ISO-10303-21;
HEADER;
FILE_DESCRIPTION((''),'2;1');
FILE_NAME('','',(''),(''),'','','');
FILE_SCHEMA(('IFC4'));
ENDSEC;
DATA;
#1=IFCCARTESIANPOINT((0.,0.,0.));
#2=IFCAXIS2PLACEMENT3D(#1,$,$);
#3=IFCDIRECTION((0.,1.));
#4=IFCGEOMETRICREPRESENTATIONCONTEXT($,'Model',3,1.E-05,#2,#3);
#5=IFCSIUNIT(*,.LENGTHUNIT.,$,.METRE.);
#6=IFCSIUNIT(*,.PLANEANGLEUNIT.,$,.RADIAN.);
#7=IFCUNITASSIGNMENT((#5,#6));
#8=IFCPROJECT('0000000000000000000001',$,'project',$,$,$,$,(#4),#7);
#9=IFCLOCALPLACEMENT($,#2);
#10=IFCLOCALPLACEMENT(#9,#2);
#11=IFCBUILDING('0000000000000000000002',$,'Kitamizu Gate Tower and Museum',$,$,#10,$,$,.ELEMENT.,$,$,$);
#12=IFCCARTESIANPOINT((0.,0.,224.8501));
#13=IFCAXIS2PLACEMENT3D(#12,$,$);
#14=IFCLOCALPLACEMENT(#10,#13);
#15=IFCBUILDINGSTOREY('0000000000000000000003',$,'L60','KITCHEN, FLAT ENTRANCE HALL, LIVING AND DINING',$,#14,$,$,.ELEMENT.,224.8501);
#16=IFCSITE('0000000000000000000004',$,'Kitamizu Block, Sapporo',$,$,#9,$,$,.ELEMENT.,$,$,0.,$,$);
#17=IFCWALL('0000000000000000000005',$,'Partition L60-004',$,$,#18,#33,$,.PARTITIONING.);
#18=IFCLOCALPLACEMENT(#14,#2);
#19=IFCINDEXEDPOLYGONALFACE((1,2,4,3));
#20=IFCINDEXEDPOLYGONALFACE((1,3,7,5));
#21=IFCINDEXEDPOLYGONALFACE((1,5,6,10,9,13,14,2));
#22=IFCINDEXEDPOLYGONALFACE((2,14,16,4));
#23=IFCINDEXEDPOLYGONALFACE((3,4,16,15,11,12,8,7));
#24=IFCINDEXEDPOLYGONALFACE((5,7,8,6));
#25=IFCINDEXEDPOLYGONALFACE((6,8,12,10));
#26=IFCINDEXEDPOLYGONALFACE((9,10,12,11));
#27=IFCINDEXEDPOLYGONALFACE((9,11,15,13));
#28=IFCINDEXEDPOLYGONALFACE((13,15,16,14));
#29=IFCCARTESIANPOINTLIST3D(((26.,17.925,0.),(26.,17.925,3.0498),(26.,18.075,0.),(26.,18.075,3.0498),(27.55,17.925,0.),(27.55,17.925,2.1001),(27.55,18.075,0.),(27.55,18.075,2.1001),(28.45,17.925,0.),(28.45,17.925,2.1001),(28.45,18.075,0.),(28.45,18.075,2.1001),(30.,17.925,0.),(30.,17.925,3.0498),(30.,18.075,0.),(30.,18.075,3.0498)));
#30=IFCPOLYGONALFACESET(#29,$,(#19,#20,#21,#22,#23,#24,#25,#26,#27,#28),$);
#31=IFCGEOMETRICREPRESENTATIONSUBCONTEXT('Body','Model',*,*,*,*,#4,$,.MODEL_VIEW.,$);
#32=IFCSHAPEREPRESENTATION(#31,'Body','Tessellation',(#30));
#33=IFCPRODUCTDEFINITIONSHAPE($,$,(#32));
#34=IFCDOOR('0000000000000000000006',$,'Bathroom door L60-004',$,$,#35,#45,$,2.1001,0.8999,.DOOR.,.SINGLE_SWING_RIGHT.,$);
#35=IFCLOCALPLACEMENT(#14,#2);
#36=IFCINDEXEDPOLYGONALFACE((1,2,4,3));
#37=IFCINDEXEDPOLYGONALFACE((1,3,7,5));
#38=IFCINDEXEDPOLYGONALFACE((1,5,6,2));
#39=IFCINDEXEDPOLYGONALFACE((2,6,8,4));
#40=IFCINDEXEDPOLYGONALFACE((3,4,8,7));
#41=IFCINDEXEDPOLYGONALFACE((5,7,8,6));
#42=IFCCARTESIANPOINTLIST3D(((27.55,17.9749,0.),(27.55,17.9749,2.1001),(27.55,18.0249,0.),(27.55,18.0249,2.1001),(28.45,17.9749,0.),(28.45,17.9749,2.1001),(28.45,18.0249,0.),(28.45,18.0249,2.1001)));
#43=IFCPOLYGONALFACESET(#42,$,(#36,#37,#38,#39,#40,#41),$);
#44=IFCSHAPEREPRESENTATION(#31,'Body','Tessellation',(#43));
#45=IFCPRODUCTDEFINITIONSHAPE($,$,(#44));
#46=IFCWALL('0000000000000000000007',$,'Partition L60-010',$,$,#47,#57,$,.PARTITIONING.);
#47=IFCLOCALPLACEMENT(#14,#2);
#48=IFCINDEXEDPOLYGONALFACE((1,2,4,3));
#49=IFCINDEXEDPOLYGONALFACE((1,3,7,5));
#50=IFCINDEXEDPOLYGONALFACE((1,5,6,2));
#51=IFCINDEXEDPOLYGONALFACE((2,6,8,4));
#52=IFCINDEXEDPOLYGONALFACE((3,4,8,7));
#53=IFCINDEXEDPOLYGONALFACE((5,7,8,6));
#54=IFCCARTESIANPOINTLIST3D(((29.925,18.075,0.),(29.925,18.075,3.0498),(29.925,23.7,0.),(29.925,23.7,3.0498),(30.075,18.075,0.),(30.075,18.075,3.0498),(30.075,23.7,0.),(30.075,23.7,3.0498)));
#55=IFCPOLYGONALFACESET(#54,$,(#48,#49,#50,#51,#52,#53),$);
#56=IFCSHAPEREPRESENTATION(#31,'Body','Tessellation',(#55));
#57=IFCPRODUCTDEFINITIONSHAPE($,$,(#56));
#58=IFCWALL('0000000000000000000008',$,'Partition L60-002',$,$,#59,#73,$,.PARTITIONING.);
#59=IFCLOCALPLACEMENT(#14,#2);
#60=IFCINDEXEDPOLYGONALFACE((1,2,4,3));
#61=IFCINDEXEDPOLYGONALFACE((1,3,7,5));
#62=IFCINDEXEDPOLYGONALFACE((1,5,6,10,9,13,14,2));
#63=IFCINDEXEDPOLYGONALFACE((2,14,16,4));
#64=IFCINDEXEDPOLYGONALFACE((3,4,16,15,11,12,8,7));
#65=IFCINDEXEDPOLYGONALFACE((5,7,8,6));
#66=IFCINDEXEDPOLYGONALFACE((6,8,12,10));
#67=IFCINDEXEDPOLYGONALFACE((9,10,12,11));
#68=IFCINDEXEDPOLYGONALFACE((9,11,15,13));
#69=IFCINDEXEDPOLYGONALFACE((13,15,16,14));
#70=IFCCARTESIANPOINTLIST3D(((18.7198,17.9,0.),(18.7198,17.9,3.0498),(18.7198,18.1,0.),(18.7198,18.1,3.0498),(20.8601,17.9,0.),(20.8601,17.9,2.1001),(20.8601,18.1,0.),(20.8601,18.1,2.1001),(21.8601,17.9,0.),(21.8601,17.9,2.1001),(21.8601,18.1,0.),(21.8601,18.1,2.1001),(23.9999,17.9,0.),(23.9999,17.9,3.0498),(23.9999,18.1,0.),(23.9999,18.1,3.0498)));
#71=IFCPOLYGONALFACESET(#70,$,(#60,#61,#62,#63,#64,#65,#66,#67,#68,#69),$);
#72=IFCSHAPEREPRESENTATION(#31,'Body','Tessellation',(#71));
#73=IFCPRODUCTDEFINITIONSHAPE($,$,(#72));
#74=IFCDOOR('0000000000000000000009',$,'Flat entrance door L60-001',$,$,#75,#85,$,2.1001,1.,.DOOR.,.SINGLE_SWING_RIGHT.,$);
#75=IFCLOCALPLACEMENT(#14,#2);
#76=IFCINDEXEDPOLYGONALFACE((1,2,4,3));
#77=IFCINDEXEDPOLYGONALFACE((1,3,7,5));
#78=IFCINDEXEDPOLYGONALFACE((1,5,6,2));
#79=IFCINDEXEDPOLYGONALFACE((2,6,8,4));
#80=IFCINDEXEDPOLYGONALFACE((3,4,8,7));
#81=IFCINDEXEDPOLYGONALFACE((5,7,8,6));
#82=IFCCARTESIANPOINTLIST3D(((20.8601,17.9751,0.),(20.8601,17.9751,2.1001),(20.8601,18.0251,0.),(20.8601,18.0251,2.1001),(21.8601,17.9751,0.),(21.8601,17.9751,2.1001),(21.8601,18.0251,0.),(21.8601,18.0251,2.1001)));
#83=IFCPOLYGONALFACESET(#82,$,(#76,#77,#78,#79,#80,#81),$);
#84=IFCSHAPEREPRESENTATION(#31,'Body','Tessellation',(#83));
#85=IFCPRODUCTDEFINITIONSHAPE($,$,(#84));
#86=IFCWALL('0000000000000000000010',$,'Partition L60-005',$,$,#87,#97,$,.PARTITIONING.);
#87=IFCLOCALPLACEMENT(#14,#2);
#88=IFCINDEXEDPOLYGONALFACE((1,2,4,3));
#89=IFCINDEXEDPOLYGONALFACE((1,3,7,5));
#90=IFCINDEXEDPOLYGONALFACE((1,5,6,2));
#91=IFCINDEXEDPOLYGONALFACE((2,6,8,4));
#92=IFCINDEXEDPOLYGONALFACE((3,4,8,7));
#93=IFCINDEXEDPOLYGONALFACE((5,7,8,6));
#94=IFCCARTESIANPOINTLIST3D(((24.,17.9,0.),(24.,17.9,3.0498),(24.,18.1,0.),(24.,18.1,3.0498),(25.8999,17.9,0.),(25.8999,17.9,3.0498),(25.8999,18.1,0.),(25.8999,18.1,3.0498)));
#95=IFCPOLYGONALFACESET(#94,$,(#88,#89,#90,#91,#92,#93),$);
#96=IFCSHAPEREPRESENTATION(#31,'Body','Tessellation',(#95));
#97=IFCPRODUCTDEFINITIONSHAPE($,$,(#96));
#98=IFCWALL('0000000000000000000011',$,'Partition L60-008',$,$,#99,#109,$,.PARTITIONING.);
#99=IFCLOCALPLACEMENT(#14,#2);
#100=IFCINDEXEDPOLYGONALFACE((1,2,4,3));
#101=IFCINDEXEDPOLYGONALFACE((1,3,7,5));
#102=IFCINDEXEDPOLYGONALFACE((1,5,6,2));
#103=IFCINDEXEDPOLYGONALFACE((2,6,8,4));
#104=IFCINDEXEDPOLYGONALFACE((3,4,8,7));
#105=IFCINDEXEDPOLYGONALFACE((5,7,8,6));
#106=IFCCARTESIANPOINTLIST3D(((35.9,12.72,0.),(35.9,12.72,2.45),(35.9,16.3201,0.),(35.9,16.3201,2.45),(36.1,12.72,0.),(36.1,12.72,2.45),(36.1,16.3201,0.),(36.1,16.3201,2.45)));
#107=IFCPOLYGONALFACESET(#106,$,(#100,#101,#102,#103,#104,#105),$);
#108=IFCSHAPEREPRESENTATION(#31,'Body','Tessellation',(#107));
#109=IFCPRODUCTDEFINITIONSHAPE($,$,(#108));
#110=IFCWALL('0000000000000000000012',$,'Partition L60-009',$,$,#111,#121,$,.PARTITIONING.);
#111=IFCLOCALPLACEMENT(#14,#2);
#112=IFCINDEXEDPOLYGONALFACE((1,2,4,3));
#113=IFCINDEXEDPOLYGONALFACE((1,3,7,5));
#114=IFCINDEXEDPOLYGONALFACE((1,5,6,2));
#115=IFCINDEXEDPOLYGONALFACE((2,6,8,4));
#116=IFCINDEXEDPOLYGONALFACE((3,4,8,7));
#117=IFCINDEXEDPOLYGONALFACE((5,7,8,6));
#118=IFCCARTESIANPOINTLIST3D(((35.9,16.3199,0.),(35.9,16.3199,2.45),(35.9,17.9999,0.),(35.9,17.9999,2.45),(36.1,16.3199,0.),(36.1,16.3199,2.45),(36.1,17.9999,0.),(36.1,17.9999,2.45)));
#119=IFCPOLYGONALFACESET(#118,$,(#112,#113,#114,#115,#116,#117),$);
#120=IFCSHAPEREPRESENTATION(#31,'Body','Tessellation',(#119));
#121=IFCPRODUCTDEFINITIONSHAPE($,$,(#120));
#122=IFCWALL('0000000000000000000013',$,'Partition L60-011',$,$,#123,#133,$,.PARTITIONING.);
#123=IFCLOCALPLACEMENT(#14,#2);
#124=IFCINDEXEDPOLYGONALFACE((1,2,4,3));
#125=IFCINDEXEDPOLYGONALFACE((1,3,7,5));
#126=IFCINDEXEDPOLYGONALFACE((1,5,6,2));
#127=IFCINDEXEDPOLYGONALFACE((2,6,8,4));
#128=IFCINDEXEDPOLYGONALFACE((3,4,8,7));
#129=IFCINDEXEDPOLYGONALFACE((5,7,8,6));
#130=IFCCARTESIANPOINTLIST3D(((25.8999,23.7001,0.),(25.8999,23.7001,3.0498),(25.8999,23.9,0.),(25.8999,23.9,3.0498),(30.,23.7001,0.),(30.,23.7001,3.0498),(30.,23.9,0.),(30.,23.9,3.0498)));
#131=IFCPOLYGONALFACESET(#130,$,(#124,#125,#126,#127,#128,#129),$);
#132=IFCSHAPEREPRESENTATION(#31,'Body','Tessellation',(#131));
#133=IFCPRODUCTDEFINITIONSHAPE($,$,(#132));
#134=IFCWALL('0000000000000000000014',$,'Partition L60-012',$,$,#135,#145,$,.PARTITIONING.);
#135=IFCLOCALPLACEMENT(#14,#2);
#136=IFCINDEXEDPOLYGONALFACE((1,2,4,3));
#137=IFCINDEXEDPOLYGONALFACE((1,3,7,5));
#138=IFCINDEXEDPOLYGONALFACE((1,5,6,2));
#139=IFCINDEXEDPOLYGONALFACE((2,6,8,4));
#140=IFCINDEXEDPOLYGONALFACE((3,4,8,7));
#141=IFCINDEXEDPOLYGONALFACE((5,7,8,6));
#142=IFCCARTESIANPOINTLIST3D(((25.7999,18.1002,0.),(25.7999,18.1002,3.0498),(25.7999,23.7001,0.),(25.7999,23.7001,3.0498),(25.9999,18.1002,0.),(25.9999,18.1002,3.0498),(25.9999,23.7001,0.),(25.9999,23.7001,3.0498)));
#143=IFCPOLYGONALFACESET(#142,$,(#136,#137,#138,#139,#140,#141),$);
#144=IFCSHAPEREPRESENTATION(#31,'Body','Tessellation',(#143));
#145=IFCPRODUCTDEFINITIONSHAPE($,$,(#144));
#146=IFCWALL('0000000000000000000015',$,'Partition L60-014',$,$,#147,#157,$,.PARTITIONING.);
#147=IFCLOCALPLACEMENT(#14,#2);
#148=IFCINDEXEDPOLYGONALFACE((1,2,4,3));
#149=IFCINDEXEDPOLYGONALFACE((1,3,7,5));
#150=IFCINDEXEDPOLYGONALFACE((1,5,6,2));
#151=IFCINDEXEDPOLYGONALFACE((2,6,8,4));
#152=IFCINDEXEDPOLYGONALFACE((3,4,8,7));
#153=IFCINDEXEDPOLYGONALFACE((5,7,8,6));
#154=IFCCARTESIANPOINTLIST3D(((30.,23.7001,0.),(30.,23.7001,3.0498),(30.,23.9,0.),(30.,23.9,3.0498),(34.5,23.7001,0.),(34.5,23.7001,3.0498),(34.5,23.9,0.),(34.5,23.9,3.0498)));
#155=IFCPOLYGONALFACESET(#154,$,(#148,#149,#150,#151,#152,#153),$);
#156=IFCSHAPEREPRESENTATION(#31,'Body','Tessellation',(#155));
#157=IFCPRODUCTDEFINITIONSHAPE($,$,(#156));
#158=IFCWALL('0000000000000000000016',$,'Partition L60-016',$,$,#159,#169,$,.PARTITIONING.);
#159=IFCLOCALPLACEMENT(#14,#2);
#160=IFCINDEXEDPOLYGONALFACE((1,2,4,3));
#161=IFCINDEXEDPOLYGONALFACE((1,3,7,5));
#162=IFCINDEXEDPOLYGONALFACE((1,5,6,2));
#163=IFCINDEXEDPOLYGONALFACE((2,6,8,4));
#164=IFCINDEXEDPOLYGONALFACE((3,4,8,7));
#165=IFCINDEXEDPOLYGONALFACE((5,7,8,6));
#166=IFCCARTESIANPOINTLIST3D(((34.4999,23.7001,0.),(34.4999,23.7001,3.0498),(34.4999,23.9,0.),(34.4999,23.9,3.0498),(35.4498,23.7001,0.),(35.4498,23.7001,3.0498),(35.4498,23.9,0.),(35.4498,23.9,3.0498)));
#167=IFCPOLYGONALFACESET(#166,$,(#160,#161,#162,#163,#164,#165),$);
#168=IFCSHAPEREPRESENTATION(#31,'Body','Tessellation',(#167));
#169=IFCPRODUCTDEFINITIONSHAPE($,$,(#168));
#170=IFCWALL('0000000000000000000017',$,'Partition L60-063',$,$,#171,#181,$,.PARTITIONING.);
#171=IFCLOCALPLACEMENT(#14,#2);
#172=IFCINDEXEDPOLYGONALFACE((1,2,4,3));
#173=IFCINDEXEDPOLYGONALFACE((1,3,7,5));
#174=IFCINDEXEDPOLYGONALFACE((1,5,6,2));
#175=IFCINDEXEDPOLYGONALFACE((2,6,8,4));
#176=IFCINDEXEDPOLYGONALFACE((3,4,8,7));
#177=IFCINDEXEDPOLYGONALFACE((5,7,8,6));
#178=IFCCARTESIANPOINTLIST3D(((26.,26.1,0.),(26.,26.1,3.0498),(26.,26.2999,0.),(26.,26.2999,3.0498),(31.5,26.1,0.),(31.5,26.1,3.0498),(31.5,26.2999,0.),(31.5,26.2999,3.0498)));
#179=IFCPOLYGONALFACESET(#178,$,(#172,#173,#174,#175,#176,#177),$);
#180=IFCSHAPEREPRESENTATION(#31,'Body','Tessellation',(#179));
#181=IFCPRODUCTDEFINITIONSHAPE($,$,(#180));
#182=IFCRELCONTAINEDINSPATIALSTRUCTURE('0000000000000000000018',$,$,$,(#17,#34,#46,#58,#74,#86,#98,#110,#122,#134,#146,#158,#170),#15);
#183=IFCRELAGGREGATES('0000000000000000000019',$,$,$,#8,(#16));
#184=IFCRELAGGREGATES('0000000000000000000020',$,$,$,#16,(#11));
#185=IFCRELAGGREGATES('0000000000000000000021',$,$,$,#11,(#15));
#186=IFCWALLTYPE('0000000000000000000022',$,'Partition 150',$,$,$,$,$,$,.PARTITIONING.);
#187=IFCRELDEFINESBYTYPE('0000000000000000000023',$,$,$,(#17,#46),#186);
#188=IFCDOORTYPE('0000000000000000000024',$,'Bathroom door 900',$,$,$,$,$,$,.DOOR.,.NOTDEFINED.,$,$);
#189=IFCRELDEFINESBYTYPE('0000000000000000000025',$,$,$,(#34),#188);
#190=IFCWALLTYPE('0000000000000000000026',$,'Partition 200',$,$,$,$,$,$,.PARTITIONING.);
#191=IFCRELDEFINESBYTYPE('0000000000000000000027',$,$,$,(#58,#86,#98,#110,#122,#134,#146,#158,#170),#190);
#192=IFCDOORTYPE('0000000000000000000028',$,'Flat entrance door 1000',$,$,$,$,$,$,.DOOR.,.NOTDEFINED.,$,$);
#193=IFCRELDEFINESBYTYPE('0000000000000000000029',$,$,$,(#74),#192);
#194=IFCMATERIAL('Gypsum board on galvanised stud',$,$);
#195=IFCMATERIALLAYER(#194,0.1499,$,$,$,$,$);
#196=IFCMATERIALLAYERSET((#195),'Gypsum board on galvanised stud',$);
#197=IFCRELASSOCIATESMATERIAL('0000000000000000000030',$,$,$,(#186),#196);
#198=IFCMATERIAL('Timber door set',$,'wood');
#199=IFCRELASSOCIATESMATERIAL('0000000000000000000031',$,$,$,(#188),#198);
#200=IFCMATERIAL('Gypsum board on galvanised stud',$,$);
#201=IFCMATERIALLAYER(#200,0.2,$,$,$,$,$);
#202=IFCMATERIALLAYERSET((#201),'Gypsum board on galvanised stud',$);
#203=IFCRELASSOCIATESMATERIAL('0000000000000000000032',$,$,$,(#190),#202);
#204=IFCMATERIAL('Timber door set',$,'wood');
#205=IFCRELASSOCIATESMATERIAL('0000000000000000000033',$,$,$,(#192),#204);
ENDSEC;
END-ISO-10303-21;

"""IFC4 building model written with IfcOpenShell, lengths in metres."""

from ifc_helpers import new_model, si_unit, direction, frame, frame_2d, origin, place, context, subcontext, project, spatial, rectangle, extrude, material, layer, layer_set, type_object, element, fill, save


model = new_model("IFC4")

# Units and contexts
model_context = context("Model", 3, precision=1e-05, world=origin(), true_north=direction((0.0, 1.0)))
body_context = subcontext(model_context, "Body", "Model", "MODEL_VIEW")
ifc_project = project(units=[si_unit("LENGTHUNIT", "METRE"), si_unit("PLANEANGLEUNIT", "RADIAN")], contexts=[model_context])

# Site, building, storey
site_placement = place(None, origin())
site = spatial("IfcSite", under=ifc_project, at=site_placement, Name="Kitamizu Block, Sapporo", CompositionType="ELEMENT", RefElevation=0.0)
building_placement = place(site_placement, origin())
building = spatial("IfcBuilding", under=site, at=building_placement, Name="Kitamizu Gate Tower and Museum", CompositionType="ELEMENT")
storey_placement = place(building_placement, frame((0.0, 0.0, 224.8501)))
storey = spatial("IfcBuildingStorey", under=building, at=storey_placement, Name="L60", Description="KITCHEN, FLAT ENTRANCE HALL, LIVING AND DINING", CompositionType="ELEMENT", Elevation=224.8501)

# Wall, opening, door
ifc_material_1 = material(Name="Gypsum board on galvanised stud")
ifc_layer_1 = layer(ifc_material_1, 0.1499)
ifc_layer_set_1 = layer_set([ifc_layer_1], Name="Gypsum board on galvanised stud")
wall_type_1 = type_object("IfcWallType", Name="Partition 150", PredefinedType="PARTITIONING", material=ifc_layer_set_1)
wall_1_placement = place(storey_placement, frame((30.0, 18.0, 0.0), z_axis=(0.0, 0.0, 1.0), x_axis=(-1.0, 0.0, 0.0)))
wall_1 = element("IfcWall", 1, at=wall_1_placement, inside=storey, type_object=wall_type_1, Name="Partition L60-004", PredefinedType="PARTITIONING", context=body_context, shape_type="SweptSolid", body=[
    extrude(rectangle(XDim=4.0, YDim=0.1499, at=frame_2d((2.0, 0.0))), origin(), (0.0, 0.0, 1.0), 3.0498),
])
opening_1_placement = place(wall_1_placement, frame((1.55, 0.0, 0.0)))
opening_1 = element("IfcOpeningElement", 2, at=opening_1_placement, cuts=wall_1, PredefinedType="OPENING", context=body_context, shape_type="SweptSolid", body=[
    extrude(rectangle(XDim=0.8999, YDim=2.1001, at=frame_2d((0.45, 1.05))), frame((0.0, 0.085, 0.0), z_axis=(0.0, -1.0, 0.0), x_axis=(1.0, 0.0, 0.0)), (0.0, 0.0, 1.0), 0.1699),
])
ifc_material_2 = material(Name="Timber door set", Category="wood")
door_type_1 = type_object("IfcDoorType", Name="Bathroom door 900", OperationType="NOTDEFINED", PredefinedType="DOOR", material=ifc_material_2)
door_1_placement = place(opening_1_placement, frame((0.8999, 0.0, 0.0), x_axis=(-1.0, 0.0, 0.0)))
door_1 = element("IfcDoor", 3, at=door_1_placement, inside=storey, type_object=door_type_1, Name="Bathroom door L60-004", OperationType="SINGLE_SWING_RIGHT", OverallHeight=2.1001, OverallWidth=0.8999, PredefinedType="DOOR", context=body_context, shape_type="SweptSolid", body=[
    extrude(rectangle(XDim=0.8999, YDim=2.1001, at=frame_2d((0.45, 1.05))), frame((0.0, 0.0249, 0.0), z_axis=(0.0, -1.0, 0.0), x_axis=(1.0, 0.0, 0.0)), (0.0, 0.0, 1.0), 0.05),
])
fill(opening_1, door_1)

# Wall
wall_2_placement = place(storey_placement, frame((30.0, 18.075, 0.0), z_axis=(0.0, 0.0, 1.0), x_axis=(0.0, 1.0, 0.0)))
element("IfcWall", 4, at=wall_2_placement, inside=storey, type_object=wall_type_1, Name="Partition L60-010", PredefinedType="PARTITIONING", context=body_context, shape_type="SweptSolid", body=[
    extrude(rectangle(XDim=5.625, YDim=0.1499, at=frame_2d((2.8125, 0.0))), origin(), (0.0, 0.0, 1.0), 3.0498),
])

# Wall, opening, door
ifc_material_3 = material(Name="Gypsum board on galvanised stud")
ifc_layer_2 = layer(ifc_material_3, 0.2)
ifc_layer_set_2 = layer_set([ifc_layer_2], Name="Gypsum board on galvanised stud")
wall_type_2 = type_object("IfcWallType", Name="Partition 200", PredefinedType="PARTITIONING", material=ifc_layer_set_2)
wall_3_placement = place(storey_placement, frame((24.0, 18.0, 0.0), z_axis=(0.0, 0.0, 1.0), x_axis=(-1.0, 0.0, 0.0)))
wall_3 = element("IfcWall", 5, at=wall_3_placement, inside=storey, type_object=wall_type_2, Name="Partition L60-002", PredefinedType="PARTITIONING", context=body_context, shape_type="SweptSolid", body=[
    extrude(rectangle(XDim=5.28, YDim=0.2, at=frame_2d((2.6401, 0.0))), origin(), (0.0, 0.0, 1.0), 3.0498),
])
opening_2_placement = place(wall_3_placement, frame((2.1399, 0.0, 0.0)))
opening_2 = element("IfcOpeningElement", 6, at=opening_2_placement, cuts=wall_3, PredefinedType="OPENING", context=body_context, shape_type="SweptSolid", body=[
    extrude(rectangle(XDim=1.0, YDim=2.1001, at=frame_2d((0.5, 1.05))), frame((0.0, 0.1099, 0.0), z_axis=(0.0, -1.0, 0.0), x_axis=(1.0, 0.0, 0.0)), (0.0, 0.0, 1.0), 0.22),
])
ifc_material_4 = material(Name="Timber door set", Category="wood")
door_type_2 = type_object("IfcDoorType", Name="Flat entrance door 1000", OperationType="NOTDEFINED", PredefinedType="DOOR", material=ifc_material_4)
door_2_placement = place(opening_2_placement, origin())
door_2 = element("IfcDoor", 7, at=door_2_placement, inside=storey, type_object=door_type_2, Name="Flat entrance door L60-001", OperationType="SINGLE_SWING_RIGHT", OverallHeight=2.1001, OverallWidth=1.0, PredefinedType="DOOR", context=body_context, shape_type="SweptSolid", body=[
    extrude(rectangle(XDim=1.0, YDim=2.1001, at=frame_2d((0.5, 1.05))), frame((0.0, 0.0249, 0.0), z_axis=(0.0, -1.0, 0.0), x_axis=(1.0, 0.0, 0.0)), (0.0, 0.0, 1.0), 0.05),
])
fill(opening_2, door_2)

# Walls
wall_4_placement = place(storey_placement, frame((25.8999, 18.0, 0.0), z_axis=(0.0, 0.0, 1.0), x_axis=(-1.0, 0.0, 0.0)))
element("IfcWall", 8, at=wall_4_placement, inside=storey, type_object=wall_type_2, Name="Partition L60-005", PredefinedType="PARTITIONING", context=body_context, shape_type="SweptSolid", body=[
    extrude(rectangle(XDim=1.8999, YDim=0.2, at=frame_2d((0.95, 0.0))), origin(), (0.0, 0.0, 1.0), 3.0498),
])
wall_5_placement = place(storey_placement, frame((36.0, 12.72, 0.0), z_axis=(0.0, 0.0, 1.0), x_axis=(0.0, 1.0, 0.0)))
element("IfcWall", 9, at=wall_5_placement, inside=storey, type_object=wall_type_2, Name="Partition L60-008", PredefinedType="PARTITIONING", context=body_context, shape_type="SweptSolid", body=[
    extrude(rectangle(XDim=3.6001, YDim=0.2, at=frame_2d((1.8, 0.0))), origin(), (0.0, 0.0, 1.0), 2.45),
])
wall_6_placement = place(storey_placement, frame((36.0, 16.3201, 0.0), z_axis=(0.0, 0.0, 1.0), x_axis=(0.0, 1.0, 0.0)))
element("IfcWall", 10, at=wall_6_placement, inside=storey, type_object=wall_type_2, Name="Partition L60-009", PredefinedType="PARTITIONING", context=body_context, shape_type="SweptSolid", body=[
    extrude(rectangle(XDim=1.6799, YDim=0.2, at=frame_2d((0.8398, 0.0))), origin(), (0.0, 0.0, 1.0), 2.45),
])
wall_7_placement = place(storey_placement, frame((30.0, 23.8, 0.0), z_axis=(0.0, 0.0, 1.0), x_axis=(-1.0, 0.0, 0.0)))
element("IfcWall", 11, at=wall_7_placement, inside=storey, type_object=wall_type_2, Name="Partition L60-011", PredefinedType="PARTITIONING", context=body_context, shape_type="SweptSolid", body=[
    extrude(rectangle(XDim=4.1001, YDim=0.2, at=frame_2d((2.05, 0.0))), origin(), (0.0, 0.0, 1.0), 3.0498),
])
wall_8_placement = place(storey_placement, frame((25.8999, 23.7, 0.0), z_axis=(0.0, 0.0, 1.0), x_axis=(0.0, -1.0, 0.0)))
element("IfcWall", 12, at=wall_8_placement, inside=storey, type_object=wall_type_2, Name="Partition L60-012", PredefinedType="PARTITIONING", context=body_context, shape_type="SweptSolid", body=[
    extrude(rectangle(XDim=5.5999, YDim=0.2, at=frame_2d((2.7998, 0.0))), origin(), (0.0, 0.0, 1.0), 3.0498),
])
wall_9_placement = place(storey_placement, frame((34.5, 23.8, 0.0), z_axis=(0.0, 0.0, 1.0), x_axis=(-1.0, 0.0, 0.0)))
element("IfcWall", 13, at=wall_9_placement, inside=storey, type_object=wall_type_2, Name="Partition L60-014", PredefinedType="PARTITIONING", context=body_context, shape_type="SweptSolid", body=[
    extrude(rectangle(XDim=4.5, YDim=0.2, at=frame_2d((2.25, 0.0))), origin(), (0.0, 0.0, 1.0), 3.0498),
])
wall_10_placement = place(storey_placement, frame((35.45, 23.8, 0.0), z_axis=(0.0, 0.0, 1.0), x_axis=(-1.0, 0.0, 0.0)))
element("IfcWall", 14, at=wall_10_placement, inside=storey, type_object=wall_type_2, Name="Partition L60-016", PredefinedType="PARTITIONING", context=body_context, shape_type="SweptSolid", body=[
    extrude(rectangle(XDim=0.95, YDim=0.2, at=frame_2d((0.4751, 0.0))), origin(), (0.0, 0.0, 1.0), 3.0498),
])
wall_11_placement = place(storey_placement, frame((26.0, 26.2, 0.0), z_axis=(0.0, 0.0, 1.0), x_axis=(1.0, 0.0, 0.0)))
element("IfcWall", 15, at=wall_11_placement, inside=storey, type_object=wall_type_2, Name="Partition L60-063", PredefinedType="PARTITIONING", context=body_context, shape_type="SweptSolid", body=[
    extrude(rectangle(XDim=5.5, YDim=0.2, at=frame_2d((2.75, 0.0))), origin(), (0.0, 0.0, 1.0), 3.0498),
])

save(model, "model.ifc")
